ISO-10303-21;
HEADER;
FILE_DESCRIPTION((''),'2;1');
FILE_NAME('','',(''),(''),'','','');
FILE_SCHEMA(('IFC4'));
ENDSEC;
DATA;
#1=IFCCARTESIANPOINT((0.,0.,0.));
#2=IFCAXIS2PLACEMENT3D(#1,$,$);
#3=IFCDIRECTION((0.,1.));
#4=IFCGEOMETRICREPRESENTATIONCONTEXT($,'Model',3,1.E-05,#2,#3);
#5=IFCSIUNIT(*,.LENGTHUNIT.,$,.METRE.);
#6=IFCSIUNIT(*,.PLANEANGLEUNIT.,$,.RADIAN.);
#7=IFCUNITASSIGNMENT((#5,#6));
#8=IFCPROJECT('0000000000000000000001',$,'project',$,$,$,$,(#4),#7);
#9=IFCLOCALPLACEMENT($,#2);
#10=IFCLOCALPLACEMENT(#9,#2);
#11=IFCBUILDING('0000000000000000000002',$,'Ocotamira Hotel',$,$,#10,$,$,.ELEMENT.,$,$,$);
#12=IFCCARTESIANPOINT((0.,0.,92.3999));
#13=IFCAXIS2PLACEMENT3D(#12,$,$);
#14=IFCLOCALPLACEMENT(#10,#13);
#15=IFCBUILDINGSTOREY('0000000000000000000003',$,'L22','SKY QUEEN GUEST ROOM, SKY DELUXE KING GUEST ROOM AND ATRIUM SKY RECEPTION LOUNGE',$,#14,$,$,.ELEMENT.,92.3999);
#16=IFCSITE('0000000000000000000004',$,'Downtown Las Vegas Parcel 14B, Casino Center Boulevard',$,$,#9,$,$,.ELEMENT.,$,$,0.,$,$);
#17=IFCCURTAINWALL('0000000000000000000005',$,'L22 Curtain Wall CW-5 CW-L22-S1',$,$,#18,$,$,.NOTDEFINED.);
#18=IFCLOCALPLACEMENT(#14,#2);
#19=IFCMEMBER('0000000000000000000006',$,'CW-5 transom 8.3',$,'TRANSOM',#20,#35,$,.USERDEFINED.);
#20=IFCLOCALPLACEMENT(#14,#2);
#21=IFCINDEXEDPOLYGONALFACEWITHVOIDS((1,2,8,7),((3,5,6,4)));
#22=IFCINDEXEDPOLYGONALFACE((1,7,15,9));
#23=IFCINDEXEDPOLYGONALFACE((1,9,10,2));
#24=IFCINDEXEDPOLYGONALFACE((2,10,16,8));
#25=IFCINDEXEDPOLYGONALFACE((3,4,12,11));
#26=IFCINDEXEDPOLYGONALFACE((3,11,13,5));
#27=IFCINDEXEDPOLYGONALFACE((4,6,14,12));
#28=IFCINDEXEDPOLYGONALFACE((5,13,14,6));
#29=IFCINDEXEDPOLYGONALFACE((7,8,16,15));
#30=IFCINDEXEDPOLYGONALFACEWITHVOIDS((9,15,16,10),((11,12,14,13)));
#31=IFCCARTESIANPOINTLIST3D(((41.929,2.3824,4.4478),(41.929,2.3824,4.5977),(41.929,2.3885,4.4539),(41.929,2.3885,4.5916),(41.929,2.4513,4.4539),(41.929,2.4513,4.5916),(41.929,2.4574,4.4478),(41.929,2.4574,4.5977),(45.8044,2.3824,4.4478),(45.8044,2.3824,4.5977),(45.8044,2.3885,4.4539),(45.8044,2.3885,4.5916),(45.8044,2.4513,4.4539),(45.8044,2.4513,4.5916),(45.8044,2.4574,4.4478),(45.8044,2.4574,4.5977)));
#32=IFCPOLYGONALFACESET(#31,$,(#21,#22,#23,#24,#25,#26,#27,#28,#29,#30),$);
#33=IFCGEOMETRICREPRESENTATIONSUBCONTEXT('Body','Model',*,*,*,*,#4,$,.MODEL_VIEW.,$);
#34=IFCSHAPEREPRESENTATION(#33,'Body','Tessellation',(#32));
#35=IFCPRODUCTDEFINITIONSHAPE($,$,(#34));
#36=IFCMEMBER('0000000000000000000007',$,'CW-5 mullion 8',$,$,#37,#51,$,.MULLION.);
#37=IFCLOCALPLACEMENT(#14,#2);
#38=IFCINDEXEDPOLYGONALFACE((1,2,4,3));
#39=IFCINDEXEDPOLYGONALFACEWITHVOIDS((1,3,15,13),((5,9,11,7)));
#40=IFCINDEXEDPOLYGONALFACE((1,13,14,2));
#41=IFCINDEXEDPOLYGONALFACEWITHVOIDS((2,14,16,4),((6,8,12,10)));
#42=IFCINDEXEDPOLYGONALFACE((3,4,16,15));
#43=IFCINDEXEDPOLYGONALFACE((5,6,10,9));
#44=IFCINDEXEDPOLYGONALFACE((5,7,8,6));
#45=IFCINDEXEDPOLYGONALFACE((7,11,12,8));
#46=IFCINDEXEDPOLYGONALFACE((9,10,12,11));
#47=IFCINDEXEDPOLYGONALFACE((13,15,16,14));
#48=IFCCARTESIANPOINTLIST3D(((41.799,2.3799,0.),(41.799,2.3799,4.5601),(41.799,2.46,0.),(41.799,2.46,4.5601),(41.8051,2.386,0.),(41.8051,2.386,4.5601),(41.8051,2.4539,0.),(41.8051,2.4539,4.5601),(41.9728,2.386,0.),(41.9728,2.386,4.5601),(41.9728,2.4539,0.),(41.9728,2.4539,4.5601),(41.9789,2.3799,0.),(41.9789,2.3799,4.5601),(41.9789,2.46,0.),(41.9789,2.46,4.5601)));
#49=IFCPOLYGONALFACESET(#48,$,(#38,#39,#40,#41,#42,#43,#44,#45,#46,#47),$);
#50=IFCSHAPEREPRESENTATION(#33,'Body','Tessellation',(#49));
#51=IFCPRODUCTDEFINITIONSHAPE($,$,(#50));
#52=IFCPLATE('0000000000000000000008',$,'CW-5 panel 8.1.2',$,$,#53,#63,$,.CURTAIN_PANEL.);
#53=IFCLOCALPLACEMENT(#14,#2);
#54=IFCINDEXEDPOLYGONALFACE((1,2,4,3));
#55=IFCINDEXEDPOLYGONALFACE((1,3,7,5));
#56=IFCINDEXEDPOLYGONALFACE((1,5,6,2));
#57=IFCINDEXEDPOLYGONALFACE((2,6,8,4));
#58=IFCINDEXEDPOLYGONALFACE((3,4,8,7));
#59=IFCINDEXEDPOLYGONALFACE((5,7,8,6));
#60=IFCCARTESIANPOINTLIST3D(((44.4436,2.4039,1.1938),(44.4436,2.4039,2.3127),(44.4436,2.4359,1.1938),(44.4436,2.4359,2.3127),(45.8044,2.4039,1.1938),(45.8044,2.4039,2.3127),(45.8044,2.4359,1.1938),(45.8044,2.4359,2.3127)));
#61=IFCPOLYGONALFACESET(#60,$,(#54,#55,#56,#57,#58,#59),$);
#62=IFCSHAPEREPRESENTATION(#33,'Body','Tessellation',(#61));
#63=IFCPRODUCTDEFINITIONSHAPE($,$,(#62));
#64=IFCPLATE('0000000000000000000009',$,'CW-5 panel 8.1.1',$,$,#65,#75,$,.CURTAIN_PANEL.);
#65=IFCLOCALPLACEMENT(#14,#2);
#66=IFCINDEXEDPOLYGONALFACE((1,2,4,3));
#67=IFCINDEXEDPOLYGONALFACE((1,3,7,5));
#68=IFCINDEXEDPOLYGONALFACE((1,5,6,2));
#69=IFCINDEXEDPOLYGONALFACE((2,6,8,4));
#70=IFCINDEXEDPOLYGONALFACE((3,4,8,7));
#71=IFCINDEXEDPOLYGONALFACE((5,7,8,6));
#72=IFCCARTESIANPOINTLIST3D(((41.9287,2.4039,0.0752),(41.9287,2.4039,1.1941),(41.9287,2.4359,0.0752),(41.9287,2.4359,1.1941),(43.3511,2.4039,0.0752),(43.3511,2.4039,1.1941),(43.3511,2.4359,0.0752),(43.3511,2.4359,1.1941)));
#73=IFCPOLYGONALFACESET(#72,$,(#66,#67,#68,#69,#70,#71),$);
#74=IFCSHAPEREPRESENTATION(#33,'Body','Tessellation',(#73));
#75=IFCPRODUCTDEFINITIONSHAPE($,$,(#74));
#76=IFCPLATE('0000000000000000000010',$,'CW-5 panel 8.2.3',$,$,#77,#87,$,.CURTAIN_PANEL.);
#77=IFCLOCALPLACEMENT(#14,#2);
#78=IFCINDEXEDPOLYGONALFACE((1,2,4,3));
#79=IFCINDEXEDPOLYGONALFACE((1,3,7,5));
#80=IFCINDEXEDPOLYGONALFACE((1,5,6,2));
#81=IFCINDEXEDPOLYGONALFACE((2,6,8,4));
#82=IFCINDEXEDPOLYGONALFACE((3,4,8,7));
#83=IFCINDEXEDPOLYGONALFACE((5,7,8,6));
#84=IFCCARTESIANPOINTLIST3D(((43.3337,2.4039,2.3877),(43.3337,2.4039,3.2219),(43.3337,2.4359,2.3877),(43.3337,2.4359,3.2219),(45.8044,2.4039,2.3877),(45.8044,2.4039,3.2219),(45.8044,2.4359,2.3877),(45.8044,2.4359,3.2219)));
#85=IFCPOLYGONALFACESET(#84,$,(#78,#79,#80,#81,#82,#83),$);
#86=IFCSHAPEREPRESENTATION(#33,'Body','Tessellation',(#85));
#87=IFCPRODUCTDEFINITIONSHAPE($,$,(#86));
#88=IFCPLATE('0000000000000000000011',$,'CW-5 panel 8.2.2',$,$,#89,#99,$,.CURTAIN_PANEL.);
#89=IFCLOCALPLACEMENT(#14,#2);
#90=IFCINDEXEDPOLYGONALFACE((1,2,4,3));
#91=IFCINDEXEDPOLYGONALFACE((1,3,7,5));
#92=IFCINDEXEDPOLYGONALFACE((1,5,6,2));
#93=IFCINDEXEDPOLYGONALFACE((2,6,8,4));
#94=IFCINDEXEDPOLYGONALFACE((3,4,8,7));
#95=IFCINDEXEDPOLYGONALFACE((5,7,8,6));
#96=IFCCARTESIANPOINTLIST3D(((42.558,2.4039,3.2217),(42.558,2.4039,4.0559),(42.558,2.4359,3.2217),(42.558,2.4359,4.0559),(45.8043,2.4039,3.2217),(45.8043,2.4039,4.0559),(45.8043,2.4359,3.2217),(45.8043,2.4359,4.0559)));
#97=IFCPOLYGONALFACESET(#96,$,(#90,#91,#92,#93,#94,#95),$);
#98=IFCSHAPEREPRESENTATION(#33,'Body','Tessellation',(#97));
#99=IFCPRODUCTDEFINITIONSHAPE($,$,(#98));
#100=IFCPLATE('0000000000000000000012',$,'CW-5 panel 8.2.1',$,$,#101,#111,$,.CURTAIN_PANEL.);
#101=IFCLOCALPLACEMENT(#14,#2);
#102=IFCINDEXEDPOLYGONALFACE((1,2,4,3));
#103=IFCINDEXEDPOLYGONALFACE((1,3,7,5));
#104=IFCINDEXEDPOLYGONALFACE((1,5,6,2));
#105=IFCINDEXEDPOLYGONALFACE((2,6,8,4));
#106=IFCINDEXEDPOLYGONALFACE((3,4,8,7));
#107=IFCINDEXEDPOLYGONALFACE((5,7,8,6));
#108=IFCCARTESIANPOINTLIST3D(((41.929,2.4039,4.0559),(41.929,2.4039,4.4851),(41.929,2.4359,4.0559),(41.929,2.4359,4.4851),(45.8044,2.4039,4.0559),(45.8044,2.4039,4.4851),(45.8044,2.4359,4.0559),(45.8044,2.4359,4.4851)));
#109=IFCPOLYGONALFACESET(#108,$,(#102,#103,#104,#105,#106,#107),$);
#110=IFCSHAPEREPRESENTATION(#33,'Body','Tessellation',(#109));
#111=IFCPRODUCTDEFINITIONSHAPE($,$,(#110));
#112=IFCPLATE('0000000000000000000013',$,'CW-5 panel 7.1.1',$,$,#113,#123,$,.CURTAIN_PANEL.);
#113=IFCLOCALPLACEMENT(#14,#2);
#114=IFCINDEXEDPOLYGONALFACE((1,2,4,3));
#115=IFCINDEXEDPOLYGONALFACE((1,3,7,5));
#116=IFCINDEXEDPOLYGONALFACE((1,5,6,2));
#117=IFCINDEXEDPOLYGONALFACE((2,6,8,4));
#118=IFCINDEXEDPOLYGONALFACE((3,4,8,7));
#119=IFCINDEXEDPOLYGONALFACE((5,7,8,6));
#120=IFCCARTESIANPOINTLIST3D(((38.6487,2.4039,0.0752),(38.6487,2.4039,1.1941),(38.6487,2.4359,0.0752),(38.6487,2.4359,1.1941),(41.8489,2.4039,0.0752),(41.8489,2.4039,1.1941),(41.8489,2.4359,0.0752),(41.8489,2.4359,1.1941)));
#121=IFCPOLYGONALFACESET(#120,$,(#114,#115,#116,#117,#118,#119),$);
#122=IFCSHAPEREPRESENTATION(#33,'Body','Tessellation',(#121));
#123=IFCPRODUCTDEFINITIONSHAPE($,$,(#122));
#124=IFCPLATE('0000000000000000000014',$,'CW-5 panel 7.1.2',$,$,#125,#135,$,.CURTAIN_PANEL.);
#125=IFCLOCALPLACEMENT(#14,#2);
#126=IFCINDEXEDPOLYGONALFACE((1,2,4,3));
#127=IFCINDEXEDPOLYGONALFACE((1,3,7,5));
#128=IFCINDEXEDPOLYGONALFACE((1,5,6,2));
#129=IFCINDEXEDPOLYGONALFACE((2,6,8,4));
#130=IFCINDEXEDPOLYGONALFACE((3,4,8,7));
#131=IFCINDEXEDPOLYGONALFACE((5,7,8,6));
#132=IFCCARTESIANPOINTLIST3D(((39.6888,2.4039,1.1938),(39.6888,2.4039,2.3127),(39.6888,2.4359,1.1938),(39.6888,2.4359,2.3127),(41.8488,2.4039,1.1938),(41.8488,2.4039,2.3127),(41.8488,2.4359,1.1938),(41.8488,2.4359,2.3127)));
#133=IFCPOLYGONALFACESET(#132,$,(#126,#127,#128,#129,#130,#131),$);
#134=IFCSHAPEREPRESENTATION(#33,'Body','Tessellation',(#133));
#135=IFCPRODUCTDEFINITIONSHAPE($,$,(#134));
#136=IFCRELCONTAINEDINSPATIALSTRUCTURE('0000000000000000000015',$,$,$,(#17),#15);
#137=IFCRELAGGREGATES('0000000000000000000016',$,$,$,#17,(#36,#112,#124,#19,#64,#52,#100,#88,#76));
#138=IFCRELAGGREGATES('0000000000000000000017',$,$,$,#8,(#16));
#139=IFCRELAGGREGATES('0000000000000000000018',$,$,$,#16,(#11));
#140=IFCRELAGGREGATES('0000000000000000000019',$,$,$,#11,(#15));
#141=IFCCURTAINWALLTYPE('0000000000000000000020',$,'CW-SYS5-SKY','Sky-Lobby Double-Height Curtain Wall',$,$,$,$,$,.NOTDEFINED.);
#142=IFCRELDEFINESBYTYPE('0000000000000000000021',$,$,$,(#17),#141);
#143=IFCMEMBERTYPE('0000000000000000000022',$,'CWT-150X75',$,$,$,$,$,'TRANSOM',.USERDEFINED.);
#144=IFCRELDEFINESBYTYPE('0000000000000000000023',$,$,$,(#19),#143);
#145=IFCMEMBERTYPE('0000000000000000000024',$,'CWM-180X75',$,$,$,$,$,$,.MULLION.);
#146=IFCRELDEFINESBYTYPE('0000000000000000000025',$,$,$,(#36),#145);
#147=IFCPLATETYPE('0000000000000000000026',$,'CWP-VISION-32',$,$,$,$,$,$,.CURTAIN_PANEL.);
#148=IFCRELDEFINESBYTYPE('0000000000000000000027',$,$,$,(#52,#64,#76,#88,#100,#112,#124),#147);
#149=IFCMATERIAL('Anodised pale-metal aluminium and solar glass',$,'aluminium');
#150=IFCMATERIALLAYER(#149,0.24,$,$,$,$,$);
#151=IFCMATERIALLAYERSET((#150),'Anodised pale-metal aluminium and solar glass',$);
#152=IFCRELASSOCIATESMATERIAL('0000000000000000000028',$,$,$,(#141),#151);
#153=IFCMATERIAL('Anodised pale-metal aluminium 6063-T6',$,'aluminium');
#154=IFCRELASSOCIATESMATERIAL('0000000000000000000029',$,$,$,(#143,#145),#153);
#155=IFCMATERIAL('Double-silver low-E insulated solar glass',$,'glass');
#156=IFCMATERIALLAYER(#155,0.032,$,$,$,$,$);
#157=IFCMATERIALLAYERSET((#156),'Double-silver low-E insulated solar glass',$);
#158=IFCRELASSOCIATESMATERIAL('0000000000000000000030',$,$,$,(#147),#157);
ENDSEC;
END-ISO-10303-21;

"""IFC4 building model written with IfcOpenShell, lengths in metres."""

from ifc_helpers import new_model, si_unit, direction, frame, origin, origin_2d, place, context, subcontext, project, spatial, rectangle, hollow_rectangle, extrude, source, transform, mapped, material, layer, layer_set, material_profile, profile_set, type_object, element, aggregate, save


model = new_model("IFC4")

# Units and contexts
model_context = context("Model", 3, precision=1e-05, world=origin(), true_north=direction((0.0, 1.0)))
body_context = subcontext(model_context, "Body", "Model", "MODEL_VIEW")
ifc_project = project(units=[si_unit("LENGTHUNIT", "METRE"), si_unit("PLANEANGLEUNIT", "RADIAN")], contexts=[model_context])

# Site, building, storey
site_placement = place(None, origin())
site = spatial("IfcSite", under=ifc_project, at=site_placement, Name="Downtown Las Vegas Parcel 14B, Casino Center Boulevard", CompositionType="ELEMENT", RefElevation=0.0)
building_placement = place(site_placement, origin())
building = spatial("IfcBuilding", under=site, at=building_placement, Name="Ocotamira Hotel", CompositionType="ELEMENT")
storey_placement = place(building_placement, frame((0.0, 0.0, 92.3999)))
storey = spatial("IfcBuildingStorey", under=building, at=storey_placement, Name="L22", Description="SKY QUEEN GUEST ROOM, SKY DELUXE KING GUEST ROOM AND ATRIUM SKY RECEPTION LOUNGE", CompositionType="ELEMENT", Elevation=92.3999)

# Curtain wall, members, plates
ifc_material_1 = material(Name="Anodised pale-metal aluminium and solar glass", Category="aluminium")
ifc_layer_1 = layer(ifc_material_1, 0.24)
ifc_layer_set_1 = layer_set([ifc_layer_1], Name="Anodised pale-metal aluminium and solar glass")
curtain_wall_type = type_object("IfcCurtainWallType", Name="CW-SYS5-SKY", Description="Sky-Lobby Double-Height Curtain Wall", PredefinedType="NOTDEFINED", material=ifc_layer_set_1)
curtain_wall_placement = place(storey_placement, origin())
curtain_wall = element("IfcCurtainWall", 1, at=curtain_wall_placement, inside=storey, type_object=curtain_wall_type, Name="L22 Curtain Wall CW-5 CW-L22-S1", PredefinedType="NOTDEFINED")
ifc_material_2 = material(Name="Anodised pale-metal aluminium 6063-T6", Category="aluminium")
ifc_material_profile_1 = material_profile(ifc_material_2, hollow_rectangle(XDim=0.075, YDim=0.1499, WallThickness=0.0061, at=origin_2d()), Name="HSS150X75X6")
ifc_profile_set_1 = profile_set([ifc_material_profile_1], Name="Anodised pale-metal aluminium 6063-T6")
member_type_1 = type_object("IfcMemberType", Name="CWT-150X75", ElementType="TRANSOM", PredefinedType="USERDEFINED", material=ifc_profile_set_1)
shared_shape_1 = source(origin(), body_context, "Body", "SweptSolid", [
    extrude(hollow_rectangle(XDim=0.075, YDim=0.1499, WallThickness=0.0061, at=origin_2d()), origin(), (0.0, 0.0, 1.0), 3.8755),
])
member_1_placement = place(storey_placement, frame((41.929, 2.4199, 4.5227), z_axis=(1.0, 0.0, 0.0), x_axis=(0.0, 1.0, 0.0)))
member_1 = element("IfcMember", 2, at=member_1_placement, type_object=member_type_1, Name="CW-5 transom 8.3", ObjectType="TRANSOM", PredefinedType="USERDEFINED", context=body_context, shape_type="MappedRepresentation", body=[
    mapped(shared_shape_1, transform((0.0, 0.0, 0.0), scale=1.0)),
])
ifc_material_profile_2 = material_profile(ifc_material_2, hollow_rectangle(XDim=0.0801, YDim=0.1799, WallThickness=0.0061, at=origin_2d()), Name="HSS180X80X6")
ifc_profile_set_2 = profile_set([ifc_material_profile_2], Name="Anodised pale-metal aluminium 6063-T6")
member_type_2 = type_object("IfcMemberType", Name="CWM-180X75", PredefinedType="MULLION", material=ifc_profile_set_2)
shared_shape_2 = source(origin(), body_context, "Body", "SweptSolid", [
    extrude(hollow_rectangle(XDim=0.0801, YDim=0.1799, WallThickness=0.0061, at=origin_2d()), origin(), (0.0, 0.0, 1.0), 4.5601),
])
member_2_placement = place(storey_placement, frame((41.8889, 2.4199, 0.0), z_axis=(0.0, 0.0, 1.0), x_axis=(0.0, 1.0, 0.0)))
member_2 = element("IfcMember", 3, at=member_2_placement, type_object=member_type_2, Name="CW-5 mullion 8", PredefinedType="MULLION", context=body_context, shape_type="MappedRepresentation", body=[
    mapped(shared_shape_2, transform((0.0, 0.0, 0.0), scale=1.0)),
])
ifc_material_3 = material(Name="Double-silver low-E insulated solar glass", Category="glass")
ifc_layer_2 = layer(ifc_material_3, 0.032)
ifc_layer_set_2 = layer_set([ifc_layer_2], Name="Double-silver low-E insulated solar glass")
plate_type = type_object("IfcPlateType", Name="CWP-VISION-32", PredefinedType="CURTAIN_PANEL", material=ifc_layer_set_2)
shared_shape_3 = source(origin(), body_context, "Body", "SweptSolid", [
    extrude(rectangle(XDim=1.3608, YDim=0.032, at=origin_2d()), origin(), (0.0, 0.0, 1.0), 1.1189),
])
plate_1_placement = place(storey_placement, frame((45.124, 2.4199, 1.1938), z_axis=(0.0, 0.0, 1.0), x_axis=(1.0, 0.0, 0.0)))
plate_1 = element("IfcPlate", 4, at=plate_1_placement, type_object=plate_type, Name="CW-5 panel 8.1.2", PredefinedType="CURTAIN_PANEL", context=body_context, shape_type="MappedRepresentation", body=[
    mapped(shared_shape_3, transform((0.0, 0.0, 0.0), scale=1.0)),
])
shared_shape_4 = source(origin(), body_context, "Body", "SweptSolid", [
    extrude(rectangle(XDim=1.4224, YDim=0.032, at=origin_2d()), origin(), (0.0, 0.0, 1.0), 1.1189),
])
plate_2_placement = place(storey_placement, frame((42.6399, 2.4199, 0.0752), z_axis=(0.0, 0.0, 1.0), x_axis=(1.0, 0.0, 0.0)))
plate_2 = element("IfcPlate", 5, at=plate_2_placement, type_object=plate_type, Name="CW-5 panel 8.1.1", PredefinedType="CURTAIN_PANEL", context=body_context, shape_type="MappedRepresentation", body=[
    mapped(shared_shape_4, transform((0.0, 0.0, 0.0), scale=1.0)),
])
shared_shape_5 = source(origin(), body_context, "Body", "SweptSolid", [
    extrude(rectangle(XDim=2.4707, YDim=0.032, at=origin_2d()), origin(), (0.0, 0.0, 1.0), 0.8342),
])
plate_3_placement = place(storey_placement, frame((44.5691, 2.4199, 2.3877), z_axis=(0.0, 0.0, 1.0), x_axis=(1.0, 0.0, 0.0)))
plate_3 = element("IfcPlate", 6, at=plate_3_placement, type_object=plate_type, Name="CW-5 panel 8.2.3", PredefinedType="CURTAIN_PANEL", context=body_context, shape_type="MappedRepresentation", body=[
    mapped(shared_shape_5, transform((0.0, 0.0, 0.0), scale=1.0)),
])
shared_shape_6 = source(origin(), body_context, "Body", "SweptSolid", [
    extrude(rectangle(XDim=3.2463, YDim=0.032, at=origin_2d()), origin(), (0.0, 0.0, 1.0), 0.8342),
])
plate_4_placement = place(storey_placement, frame((44.1812, 2.4199, 3.2217), z_axis=(0.0, 0.0, 1.0), x_axis=(1.0, 0.0, 0.0)))
plate_4 = element("IfcPlate", 7, at=plate_4_placement, type_object=plate_type, Name="CW-5 panel 8.2.2", PredefinedType="CURTAIN_PANEL", context=body_context, shape_type="MappedRepresentation", body=[
    mapped(shared_shape_6, transform((0.0, 0.0, 0.0), scale=1.0)),
])
shared_shape_7 = source(origin(), body_context, "Body", "SweptSolid", [
    extrude(rectangle(XDim=3.8755, YDim=0.032, at=origin_2d()), origin(), (0.0, 0.0, 1.0), 0.4292),
])
plate_5_placement = place(storey_placement, frame((43.8667, 2.4199, 4.0559), z_axis=(0.0, 0.0, 1.0), x_axis=(1.0, 0.0, 0.0)))
plate_5 = element("IfcPlate", 8, at=plate_5_placement, type_object=plate_type, Name="CW-5 panel 8.2.1", PredefinedType="CURTAIN_PANEL", context=body_context, shape_type="MappedRepresentation", body=[
    mapped(shared_shape_7, transform((0.0, 0.0, 0.0), scale=1.0)),
])
shared_shape_8 = source(origin(), body_context, "Body", "SweptSolid", [
    extrude(rectangle(XDim=3.2002, YDim=0.032, at=origin_2d()), origin(), (0.0, 0.0, 1.0), 1.1189),
])
plate_6_placement = place(storey_placement, frame((40.2488, 2.4199, 0.0752), z_axis=(0.0, 0.0, 1.0), x_axis=(1.0, 0.0, 0.0)))
plate_6 = element("IfcPlate", 9, at=plate_6_placement, type_object=plate_type, Name="CW-5 panel 7.1.1", PredefinedType="CURTAIN_PANEL", context=body_context, shape_type="MappedRepresentation", body=[
    mapped(shared_shape_8, transform((0.0, 0.0, 0.0), scale=1.0)),
])
shared_shape_9 = source(origin(), body_context, "Body", "SweptSolid", [
    extrude(rectangle(XDim=2.1599, YDim=0.032, at=origin_2d()), origin(), (0.0, 0.0, 1.0), 1.1189),
])
plate_7_placement = place(storey_placement, frame((40.7688, 2.4199, 1.1938), z_axis=(0.0, 0.0, 1.0), x_axis=(1.0, 0.0, 0.0)))
plate_7 = element("IfcPlate", 10, at=plate_7_placement, type_object=plate_type, Name="CW-5 panel 7.1.2", PredefinedType="CURTAIN_PANEL", context=body_context, shape_type="MappedRepresentation", body=[
    mapped(shared_shape_9, transform((0.0, 0.0, 0.0), scale=1.0)),
])
aggregate(curtain_wall, [member_2, plate_6, plate_7, member_1, plate_2, plate_1, plate_5, plate_4, plate_3])

save(model, "model.ifc")
